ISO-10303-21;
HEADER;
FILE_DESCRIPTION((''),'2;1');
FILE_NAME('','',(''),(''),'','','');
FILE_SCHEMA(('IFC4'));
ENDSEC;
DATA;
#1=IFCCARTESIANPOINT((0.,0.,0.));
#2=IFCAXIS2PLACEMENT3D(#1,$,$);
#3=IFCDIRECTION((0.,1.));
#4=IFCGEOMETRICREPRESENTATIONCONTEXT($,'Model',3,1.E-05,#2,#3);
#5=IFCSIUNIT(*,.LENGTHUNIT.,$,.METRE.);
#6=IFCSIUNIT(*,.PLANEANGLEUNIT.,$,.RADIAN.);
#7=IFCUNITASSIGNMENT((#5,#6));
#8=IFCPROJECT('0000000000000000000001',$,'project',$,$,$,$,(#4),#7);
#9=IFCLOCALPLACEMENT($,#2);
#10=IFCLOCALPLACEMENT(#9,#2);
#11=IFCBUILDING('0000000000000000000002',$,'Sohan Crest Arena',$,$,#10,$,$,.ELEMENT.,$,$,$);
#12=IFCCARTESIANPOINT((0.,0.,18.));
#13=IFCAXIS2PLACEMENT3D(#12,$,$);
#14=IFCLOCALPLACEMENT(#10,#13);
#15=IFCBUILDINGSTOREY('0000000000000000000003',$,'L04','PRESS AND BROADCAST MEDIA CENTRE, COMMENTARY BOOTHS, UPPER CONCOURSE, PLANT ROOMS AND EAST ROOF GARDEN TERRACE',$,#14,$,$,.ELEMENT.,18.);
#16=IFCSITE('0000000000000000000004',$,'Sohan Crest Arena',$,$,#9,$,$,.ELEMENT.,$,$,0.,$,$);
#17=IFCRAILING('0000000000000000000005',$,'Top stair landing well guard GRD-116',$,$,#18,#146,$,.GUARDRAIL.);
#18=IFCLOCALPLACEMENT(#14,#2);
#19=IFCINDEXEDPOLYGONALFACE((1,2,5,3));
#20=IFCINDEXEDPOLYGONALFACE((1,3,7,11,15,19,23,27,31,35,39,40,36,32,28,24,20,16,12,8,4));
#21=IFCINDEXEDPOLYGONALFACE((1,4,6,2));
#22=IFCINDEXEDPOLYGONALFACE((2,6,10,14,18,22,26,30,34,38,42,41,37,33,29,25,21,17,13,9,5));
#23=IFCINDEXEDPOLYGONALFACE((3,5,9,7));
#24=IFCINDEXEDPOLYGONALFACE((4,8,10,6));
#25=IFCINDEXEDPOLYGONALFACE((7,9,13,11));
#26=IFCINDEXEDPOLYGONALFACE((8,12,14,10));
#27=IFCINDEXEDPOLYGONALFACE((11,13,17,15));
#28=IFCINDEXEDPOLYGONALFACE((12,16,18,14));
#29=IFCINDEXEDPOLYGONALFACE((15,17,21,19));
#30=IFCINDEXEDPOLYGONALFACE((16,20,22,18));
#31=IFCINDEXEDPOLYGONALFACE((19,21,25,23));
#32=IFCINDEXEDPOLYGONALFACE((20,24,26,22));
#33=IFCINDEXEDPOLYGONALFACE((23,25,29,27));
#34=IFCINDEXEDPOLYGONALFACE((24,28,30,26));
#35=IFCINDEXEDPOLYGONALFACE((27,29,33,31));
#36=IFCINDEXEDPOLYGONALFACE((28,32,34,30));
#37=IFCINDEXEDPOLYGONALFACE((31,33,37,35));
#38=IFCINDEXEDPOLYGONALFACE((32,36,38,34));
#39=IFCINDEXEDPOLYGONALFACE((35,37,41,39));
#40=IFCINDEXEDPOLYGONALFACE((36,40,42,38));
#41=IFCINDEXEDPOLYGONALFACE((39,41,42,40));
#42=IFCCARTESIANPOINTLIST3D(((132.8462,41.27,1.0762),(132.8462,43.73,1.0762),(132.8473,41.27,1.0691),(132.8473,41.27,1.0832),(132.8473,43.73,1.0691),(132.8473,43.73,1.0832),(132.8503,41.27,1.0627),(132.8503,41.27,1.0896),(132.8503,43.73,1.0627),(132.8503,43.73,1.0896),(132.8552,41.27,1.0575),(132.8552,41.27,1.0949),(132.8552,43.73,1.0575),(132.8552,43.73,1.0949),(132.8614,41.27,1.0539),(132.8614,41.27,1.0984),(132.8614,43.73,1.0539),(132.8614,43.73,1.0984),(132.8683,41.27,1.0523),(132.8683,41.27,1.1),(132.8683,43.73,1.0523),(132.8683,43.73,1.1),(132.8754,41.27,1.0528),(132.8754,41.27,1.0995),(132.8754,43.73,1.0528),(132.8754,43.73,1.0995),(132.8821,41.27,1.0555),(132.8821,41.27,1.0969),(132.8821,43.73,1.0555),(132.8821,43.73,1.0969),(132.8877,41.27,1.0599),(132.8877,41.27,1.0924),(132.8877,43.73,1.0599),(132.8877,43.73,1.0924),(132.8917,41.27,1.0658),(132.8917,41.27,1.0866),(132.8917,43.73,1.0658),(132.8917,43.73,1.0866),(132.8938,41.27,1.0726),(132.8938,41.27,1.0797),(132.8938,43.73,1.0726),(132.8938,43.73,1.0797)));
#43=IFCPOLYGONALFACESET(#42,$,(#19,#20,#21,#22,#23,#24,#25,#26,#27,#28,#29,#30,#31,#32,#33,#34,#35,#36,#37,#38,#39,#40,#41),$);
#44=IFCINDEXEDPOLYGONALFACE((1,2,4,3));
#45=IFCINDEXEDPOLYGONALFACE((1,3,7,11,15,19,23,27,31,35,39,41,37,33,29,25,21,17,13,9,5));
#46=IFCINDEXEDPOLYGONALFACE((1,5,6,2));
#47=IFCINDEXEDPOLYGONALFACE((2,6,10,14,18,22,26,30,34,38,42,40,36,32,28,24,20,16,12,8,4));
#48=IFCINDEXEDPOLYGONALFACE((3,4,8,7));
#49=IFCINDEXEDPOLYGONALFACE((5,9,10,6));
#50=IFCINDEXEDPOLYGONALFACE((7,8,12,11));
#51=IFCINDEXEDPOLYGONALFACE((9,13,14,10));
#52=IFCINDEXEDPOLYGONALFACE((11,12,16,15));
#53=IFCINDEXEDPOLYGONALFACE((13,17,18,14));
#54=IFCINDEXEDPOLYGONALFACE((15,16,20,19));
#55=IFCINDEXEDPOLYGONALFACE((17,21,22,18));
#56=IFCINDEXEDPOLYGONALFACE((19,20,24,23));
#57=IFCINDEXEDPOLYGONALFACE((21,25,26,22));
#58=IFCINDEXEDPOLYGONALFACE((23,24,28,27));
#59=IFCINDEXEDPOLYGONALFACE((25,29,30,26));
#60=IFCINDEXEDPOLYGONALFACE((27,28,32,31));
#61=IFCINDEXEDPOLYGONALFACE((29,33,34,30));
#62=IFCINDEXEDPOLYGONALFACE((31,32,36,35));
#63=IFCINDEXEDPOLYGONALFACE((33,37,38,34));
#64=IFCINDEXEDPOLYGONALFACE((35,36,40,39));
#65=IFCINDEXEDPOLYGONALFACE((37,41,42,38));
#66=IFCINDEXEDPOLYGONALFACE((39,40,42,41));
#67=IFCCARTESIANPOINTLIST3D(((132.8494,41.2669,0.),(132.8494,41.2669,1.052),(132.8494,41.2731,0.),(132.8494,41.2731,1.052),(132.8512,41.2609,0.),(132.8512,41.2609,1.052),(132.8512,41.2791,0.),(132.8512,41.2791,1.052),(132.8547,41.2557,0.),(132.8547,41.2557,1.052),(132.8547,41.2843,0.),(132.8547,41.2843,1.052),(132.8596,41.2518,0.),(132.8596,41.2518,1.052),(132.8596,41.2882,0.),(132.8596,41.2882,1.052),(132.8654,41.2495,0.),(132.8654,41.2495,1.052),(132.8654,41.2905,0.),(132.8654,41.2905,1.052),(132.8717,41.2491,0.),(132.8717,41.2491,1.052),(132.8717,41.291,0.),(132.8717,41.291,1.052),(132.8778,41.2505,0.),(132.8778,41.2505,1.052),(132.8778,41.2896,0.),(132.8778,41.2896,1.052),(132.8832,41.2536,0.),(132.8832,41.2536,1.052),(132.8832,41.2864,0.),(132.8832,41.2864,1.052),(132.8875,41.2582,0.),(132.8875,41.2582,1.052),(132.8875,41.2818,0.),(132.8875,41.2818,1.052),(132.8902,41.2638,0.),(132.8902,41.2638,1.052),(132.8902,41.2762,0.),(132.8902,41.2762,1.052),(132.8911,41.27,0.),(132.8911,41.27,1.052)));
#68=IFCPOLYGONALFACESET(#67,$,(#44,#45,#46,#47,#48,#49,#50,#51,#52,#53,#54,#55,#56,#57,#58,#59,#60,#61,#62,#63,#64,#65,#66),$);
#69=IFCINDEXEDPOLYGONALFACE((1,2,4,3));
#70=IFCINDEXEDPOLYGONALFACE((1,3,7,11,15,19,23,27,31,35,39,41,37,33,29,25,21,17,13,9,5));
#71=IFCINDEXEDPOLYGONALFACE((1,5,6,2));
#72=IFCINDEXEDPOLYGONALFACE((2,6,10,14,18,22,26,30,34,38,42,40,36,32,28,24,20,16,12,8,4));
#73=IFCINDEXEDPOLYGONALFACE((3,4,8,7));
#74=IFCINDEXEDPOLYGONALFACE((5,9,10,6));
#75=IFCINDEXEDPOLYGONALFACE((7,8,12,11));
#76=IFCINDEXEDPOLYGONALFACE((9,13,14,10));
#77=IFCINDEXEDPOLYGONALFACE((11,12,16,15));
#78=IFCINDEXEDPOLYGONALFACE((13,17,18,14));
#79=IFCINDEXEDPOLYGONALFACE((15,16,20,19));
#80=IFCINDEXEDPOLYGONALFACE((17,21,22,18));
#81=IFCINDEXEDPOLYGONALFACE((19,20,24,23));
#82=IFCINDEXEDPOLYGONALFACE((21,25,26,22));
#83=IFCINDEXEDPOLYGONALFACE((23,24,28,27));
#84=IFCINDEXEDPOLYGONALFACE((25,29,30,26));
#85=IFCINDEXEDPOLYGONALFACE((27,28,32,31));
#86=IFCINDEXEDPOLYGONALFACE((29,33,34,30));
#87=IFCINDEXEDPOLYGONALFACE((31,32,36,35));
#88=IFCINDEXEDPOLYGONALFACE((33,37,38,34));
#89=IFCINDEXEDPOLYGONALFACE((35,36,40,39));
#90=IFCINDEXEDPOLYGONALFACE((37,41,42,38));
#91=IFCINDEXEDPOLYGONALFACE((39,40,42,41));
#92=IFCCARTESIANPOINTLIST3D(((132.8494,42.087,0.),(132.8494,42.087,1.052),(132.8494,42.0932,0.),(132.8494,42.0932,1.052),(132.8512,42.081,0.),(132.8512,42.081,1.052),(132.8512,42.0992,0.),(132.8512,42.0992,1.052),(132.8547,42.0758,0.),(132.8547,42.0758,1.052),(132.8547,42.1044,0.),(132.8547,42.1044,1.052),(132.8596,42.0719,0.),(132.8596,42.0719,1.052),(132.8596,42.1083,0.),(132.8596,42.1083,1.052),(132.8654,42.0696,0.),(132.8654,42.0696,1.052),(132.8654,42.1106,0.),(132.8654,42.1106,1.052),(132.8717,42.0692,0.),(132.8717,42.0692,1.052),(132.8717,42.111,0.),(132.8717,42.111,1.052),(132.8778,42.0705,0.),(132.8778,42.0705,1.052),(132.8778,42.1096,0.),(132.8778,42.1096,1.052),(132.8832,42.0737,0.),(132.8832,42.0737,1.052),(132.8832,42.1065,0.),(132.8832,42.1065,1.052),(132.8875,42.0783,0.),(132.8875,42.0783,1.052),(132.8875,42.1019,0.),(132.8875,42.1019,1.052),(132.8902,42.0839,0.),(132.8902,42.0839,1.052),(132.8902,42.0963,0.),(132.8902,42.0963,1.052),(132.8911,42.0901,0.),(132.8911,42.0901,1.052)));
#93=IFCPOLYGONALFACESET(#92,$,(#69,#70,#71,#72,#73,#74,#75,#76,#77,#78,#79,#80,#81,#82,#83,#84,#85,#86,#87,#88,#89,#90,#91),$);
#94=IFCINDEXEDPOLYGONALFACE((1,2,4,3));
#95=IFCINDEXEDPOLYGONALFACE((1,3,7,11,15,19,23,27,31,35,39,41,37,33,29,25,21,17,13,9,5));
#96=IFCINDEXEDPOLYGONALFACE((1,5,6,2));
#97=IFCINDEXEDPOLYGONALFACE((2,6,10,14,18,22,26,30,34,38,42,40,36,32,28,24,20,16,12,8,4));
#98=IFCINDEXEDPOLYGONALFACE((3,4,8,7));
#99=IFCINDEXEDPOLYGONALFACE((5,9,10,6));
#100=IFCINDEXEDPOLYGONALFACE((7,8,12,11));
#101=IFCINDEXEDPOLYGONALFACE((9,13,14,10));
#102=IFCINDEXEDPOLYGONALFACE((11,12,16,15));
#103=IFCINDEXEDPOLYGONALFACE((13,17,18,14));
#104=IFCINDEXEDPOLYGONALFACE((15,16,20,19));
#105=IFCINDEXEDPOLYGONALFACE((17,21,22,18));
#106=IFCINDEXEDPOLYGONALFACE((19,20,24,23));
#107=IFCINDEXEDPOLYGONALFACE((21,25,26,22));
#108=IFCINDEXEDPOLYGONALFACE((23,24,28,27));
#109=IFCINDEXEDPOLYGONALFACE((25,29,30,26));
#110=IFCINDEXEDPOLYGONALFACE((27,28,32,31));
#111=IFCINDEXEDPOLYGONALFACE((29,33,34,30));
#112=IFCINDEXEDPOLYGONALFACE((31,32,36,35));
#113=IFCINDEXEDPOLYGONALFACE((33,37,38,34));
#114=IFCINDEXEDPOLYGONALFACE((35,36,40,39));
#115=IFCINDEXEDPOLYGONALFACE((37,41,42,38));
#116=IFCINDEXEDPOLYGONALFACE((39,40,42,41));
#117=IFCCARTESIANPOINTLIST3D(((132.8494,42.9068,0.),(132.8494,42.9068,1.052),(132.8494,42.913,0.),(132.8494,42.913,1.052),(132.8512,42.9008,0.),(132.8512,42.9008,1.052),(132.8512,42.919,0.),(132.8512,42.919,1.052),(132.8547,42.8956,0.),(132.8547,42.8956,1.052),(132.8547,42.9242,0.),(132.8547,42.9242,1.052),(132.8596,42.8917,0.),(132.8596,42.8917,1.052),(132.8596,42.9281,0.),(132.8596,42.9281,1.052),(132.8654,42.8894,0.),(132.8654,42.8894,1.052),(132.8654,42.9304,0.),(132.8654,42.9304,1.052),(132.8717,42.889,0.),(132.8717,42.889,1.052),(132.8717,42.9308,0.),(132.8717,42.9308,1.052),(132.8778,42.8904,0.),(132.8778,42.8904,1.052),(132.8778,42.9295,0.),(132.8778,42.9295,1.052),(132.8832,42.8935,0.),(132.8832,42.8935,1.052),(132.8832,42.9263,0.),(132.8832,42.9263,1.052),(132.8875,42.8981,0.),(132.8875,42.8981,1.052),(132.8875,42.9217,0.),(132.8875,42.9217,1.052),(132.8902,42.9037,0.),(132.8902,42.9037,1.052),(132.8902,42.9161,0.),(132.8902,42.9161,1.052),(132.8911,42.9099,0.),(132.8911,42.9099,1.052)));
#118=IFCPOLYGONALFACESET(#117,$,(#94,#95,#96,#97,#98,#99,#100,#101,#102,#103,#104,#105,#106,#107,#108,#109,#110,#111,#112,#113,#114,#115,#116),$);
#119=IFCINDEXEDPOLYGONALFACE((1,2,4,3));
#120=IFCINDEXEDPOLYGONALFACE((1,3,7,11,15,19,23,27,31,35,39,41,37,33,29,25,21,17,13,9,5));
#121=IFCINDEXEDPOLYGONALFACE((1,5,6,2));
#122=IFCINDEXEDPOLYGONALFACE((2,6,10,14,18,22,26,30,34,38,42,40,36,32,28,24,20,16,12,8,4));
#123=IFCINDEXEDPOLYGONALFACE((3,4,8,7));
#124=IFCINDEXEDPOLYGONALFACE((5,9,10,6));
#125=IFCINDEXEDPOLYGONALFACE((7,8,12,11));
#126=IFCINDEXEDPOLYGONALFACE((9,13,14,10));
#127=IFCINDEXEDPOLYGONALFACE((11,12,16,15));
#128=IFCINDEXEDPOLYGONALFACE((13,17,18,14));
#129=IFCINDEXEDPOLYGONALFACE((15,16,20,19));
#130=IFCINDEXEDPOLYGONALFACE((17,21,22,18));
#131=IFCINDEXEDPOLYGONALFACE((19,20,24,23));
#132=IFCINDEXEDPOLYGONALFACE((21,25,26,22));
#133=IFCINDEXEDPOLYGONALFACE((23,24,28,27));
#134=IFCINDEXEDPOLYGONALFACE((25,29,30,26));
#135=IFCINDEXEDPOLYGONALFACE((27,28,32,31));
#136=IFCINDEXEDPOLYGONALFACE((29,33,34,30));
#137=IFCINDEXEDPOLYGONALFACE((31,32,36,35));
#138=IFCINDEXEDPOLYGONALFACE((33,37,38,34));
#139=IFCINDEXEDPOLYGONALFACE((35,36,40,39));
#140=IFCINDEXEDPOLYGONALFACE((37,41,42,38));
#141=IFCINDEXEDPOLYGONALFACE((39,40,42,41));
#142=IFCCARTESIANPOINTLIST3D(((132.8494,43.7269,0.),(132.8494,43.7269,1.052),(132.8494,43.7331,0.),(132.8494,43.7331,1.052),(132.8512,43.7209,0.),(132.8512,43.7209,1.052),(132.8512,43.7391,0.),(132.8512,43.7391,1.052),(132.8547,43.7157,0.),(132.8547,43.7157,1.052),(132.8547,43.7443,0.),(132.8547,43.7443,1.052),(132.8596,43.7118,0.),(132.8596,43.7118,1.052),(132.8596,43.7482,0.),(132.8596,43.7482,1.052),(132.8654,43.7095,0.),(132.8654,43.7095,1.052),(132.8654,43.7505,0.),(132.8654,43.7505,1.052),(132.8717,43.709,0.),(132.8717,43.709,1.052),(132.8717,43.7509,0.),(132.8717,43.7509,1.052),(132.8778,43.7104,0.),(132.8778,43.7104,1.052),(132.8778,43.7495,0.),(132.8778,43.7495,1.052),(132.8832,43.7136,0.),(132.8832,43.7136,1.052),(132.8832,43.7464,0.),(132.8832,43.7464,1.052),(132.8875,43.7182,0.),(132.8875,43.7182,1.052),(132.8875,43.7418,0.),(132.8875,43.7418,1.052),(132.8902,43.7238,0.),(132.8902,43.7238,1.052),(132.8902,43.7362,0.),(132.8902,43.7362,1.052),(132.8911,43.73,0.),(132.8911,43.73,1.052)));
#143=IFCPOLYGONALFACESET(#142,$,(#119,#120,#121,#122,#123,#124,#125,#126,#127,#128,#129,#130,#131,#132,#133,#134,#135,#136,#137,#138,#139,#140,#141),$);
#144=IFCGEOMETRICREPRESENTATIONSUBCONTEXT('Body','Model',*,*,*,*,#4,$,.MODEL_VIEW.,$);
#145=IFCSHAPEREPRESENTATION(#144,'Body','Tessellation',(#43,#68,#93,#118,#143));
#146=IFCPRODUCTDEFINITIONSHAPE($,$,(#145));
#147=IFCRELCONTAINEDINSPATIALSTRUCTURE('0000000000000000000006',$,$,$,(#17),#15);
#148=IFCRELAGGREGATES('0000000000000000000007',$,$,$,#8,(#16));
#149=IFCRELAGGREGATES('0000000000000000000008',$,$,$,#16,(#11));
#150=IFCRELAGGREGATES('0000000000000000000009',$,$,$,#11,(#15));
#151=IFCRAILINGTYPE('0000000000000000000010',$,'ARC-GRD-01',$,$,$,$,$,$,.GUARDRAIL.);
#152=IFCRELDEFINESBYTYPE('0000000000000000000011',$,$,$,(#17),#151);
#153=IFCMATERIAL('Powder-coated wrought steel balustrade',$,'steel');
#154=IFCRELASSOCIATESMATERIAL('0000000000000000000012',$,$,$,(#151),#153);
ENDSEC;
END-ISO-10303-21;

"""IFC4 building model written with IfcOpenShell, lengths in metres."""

from ifc_helpers import new_model, si_unit, direction, frame, origin, origin_2d, place, context, subcontext, project, spatial, circle, extrude, material, type_object, element, save


model = new_model("IFC4")

# Units and contexts
model_context = context("Model", 3, precision=1e-05, world=origin(), true_north=direction((0.0, 1.0)))
body_context = subcontext(model_context, "Body", "Model", "MODEL_VIEW")
ifc_project = project(units=[si_unit("LENGTHUNIT", "METRE"), si_unit("PLANEANGLEUNIT", "RADIAN")], contexts=[model_context])

# Site, building, storey
site_placement = place(None, origin())
site = spatial("IfcSite", under=ifc_project, at=site_placement, Name="Sohan Crest Arena", CompositionType="ELEMENT", RefElevation=0.0)
building_placement = place(site_placement, origin())
building = spatial("IfcBuilding", under=site, at=building_placement, Name="Sohan Crest Arena", CompositionType="ELEMENT")
storey_placement = place(building_placement, frame((0.0, 0.0, 18.0)))
storey = spatial("IfcBuildingStorey", under=building, at=storey_placement, Name="L04", Description="PRESS AND BROADCAST MEDIA CENTRE, COMMENTARY BOOTHS, UPPER CONCOURSE, PLANT ROOMS AND EAST ROOF GARDEN TERRACE", CompositionType="ELEMENT", Elevation=18.0)

# Railing
ifc_material_1 = material(Name="Powder-coated wrought steel balustrade", Category="steel")
railing_type_1 = type_object("IfcRailingType", Name="ARC-GRD-01", PredefinedType="GUARDRAIL", material=ifc_material_1)
railing_1_placement = place(storey_placement, frame((132.8701, 41.27, 0.0)))
element("IfcRailing", 1, at=railing_1_placement, inside=storey, type_object=railing_type_1, Name="Top stair landing well guard GRD-116", PredefinedType="GUARDRAIL", context=body_context, shape_type="SweptSolid", body=[
    extrude(circle(Radius=0.0239, at=origin_2d()), frame((0.0, 0.0, 1.0762), z_axis=(0.0, 1.0, 0.0), x_axis=(-1.0, 0.0, 0.0)), (0.0, 0.0, 1.0), 2.46),
    extrude(circle(Radius=0.021, at=origin_2d()), origin(), (0.0, 0.0, 1.0), 1.052),
    extrude(circle(Radius=0.021, at=origin_2d()), frame((0.0, 0.8201, 0.0)), (0.0, 0.0, 1.0), 1.052),
    extrude(circle(Radius=0.021, at=origin_2d()), frame((0.0, 1.6399, 0.0)), (0.0, 0.0, 1.0), 1.052),
    extrude(circle(Radius=0.021, at=origin_2d()), frame((0.0, 2.46, 0.0)), (0.0, 0.0, 1.0), 1.052),
])

save(model, "model.ifc")
